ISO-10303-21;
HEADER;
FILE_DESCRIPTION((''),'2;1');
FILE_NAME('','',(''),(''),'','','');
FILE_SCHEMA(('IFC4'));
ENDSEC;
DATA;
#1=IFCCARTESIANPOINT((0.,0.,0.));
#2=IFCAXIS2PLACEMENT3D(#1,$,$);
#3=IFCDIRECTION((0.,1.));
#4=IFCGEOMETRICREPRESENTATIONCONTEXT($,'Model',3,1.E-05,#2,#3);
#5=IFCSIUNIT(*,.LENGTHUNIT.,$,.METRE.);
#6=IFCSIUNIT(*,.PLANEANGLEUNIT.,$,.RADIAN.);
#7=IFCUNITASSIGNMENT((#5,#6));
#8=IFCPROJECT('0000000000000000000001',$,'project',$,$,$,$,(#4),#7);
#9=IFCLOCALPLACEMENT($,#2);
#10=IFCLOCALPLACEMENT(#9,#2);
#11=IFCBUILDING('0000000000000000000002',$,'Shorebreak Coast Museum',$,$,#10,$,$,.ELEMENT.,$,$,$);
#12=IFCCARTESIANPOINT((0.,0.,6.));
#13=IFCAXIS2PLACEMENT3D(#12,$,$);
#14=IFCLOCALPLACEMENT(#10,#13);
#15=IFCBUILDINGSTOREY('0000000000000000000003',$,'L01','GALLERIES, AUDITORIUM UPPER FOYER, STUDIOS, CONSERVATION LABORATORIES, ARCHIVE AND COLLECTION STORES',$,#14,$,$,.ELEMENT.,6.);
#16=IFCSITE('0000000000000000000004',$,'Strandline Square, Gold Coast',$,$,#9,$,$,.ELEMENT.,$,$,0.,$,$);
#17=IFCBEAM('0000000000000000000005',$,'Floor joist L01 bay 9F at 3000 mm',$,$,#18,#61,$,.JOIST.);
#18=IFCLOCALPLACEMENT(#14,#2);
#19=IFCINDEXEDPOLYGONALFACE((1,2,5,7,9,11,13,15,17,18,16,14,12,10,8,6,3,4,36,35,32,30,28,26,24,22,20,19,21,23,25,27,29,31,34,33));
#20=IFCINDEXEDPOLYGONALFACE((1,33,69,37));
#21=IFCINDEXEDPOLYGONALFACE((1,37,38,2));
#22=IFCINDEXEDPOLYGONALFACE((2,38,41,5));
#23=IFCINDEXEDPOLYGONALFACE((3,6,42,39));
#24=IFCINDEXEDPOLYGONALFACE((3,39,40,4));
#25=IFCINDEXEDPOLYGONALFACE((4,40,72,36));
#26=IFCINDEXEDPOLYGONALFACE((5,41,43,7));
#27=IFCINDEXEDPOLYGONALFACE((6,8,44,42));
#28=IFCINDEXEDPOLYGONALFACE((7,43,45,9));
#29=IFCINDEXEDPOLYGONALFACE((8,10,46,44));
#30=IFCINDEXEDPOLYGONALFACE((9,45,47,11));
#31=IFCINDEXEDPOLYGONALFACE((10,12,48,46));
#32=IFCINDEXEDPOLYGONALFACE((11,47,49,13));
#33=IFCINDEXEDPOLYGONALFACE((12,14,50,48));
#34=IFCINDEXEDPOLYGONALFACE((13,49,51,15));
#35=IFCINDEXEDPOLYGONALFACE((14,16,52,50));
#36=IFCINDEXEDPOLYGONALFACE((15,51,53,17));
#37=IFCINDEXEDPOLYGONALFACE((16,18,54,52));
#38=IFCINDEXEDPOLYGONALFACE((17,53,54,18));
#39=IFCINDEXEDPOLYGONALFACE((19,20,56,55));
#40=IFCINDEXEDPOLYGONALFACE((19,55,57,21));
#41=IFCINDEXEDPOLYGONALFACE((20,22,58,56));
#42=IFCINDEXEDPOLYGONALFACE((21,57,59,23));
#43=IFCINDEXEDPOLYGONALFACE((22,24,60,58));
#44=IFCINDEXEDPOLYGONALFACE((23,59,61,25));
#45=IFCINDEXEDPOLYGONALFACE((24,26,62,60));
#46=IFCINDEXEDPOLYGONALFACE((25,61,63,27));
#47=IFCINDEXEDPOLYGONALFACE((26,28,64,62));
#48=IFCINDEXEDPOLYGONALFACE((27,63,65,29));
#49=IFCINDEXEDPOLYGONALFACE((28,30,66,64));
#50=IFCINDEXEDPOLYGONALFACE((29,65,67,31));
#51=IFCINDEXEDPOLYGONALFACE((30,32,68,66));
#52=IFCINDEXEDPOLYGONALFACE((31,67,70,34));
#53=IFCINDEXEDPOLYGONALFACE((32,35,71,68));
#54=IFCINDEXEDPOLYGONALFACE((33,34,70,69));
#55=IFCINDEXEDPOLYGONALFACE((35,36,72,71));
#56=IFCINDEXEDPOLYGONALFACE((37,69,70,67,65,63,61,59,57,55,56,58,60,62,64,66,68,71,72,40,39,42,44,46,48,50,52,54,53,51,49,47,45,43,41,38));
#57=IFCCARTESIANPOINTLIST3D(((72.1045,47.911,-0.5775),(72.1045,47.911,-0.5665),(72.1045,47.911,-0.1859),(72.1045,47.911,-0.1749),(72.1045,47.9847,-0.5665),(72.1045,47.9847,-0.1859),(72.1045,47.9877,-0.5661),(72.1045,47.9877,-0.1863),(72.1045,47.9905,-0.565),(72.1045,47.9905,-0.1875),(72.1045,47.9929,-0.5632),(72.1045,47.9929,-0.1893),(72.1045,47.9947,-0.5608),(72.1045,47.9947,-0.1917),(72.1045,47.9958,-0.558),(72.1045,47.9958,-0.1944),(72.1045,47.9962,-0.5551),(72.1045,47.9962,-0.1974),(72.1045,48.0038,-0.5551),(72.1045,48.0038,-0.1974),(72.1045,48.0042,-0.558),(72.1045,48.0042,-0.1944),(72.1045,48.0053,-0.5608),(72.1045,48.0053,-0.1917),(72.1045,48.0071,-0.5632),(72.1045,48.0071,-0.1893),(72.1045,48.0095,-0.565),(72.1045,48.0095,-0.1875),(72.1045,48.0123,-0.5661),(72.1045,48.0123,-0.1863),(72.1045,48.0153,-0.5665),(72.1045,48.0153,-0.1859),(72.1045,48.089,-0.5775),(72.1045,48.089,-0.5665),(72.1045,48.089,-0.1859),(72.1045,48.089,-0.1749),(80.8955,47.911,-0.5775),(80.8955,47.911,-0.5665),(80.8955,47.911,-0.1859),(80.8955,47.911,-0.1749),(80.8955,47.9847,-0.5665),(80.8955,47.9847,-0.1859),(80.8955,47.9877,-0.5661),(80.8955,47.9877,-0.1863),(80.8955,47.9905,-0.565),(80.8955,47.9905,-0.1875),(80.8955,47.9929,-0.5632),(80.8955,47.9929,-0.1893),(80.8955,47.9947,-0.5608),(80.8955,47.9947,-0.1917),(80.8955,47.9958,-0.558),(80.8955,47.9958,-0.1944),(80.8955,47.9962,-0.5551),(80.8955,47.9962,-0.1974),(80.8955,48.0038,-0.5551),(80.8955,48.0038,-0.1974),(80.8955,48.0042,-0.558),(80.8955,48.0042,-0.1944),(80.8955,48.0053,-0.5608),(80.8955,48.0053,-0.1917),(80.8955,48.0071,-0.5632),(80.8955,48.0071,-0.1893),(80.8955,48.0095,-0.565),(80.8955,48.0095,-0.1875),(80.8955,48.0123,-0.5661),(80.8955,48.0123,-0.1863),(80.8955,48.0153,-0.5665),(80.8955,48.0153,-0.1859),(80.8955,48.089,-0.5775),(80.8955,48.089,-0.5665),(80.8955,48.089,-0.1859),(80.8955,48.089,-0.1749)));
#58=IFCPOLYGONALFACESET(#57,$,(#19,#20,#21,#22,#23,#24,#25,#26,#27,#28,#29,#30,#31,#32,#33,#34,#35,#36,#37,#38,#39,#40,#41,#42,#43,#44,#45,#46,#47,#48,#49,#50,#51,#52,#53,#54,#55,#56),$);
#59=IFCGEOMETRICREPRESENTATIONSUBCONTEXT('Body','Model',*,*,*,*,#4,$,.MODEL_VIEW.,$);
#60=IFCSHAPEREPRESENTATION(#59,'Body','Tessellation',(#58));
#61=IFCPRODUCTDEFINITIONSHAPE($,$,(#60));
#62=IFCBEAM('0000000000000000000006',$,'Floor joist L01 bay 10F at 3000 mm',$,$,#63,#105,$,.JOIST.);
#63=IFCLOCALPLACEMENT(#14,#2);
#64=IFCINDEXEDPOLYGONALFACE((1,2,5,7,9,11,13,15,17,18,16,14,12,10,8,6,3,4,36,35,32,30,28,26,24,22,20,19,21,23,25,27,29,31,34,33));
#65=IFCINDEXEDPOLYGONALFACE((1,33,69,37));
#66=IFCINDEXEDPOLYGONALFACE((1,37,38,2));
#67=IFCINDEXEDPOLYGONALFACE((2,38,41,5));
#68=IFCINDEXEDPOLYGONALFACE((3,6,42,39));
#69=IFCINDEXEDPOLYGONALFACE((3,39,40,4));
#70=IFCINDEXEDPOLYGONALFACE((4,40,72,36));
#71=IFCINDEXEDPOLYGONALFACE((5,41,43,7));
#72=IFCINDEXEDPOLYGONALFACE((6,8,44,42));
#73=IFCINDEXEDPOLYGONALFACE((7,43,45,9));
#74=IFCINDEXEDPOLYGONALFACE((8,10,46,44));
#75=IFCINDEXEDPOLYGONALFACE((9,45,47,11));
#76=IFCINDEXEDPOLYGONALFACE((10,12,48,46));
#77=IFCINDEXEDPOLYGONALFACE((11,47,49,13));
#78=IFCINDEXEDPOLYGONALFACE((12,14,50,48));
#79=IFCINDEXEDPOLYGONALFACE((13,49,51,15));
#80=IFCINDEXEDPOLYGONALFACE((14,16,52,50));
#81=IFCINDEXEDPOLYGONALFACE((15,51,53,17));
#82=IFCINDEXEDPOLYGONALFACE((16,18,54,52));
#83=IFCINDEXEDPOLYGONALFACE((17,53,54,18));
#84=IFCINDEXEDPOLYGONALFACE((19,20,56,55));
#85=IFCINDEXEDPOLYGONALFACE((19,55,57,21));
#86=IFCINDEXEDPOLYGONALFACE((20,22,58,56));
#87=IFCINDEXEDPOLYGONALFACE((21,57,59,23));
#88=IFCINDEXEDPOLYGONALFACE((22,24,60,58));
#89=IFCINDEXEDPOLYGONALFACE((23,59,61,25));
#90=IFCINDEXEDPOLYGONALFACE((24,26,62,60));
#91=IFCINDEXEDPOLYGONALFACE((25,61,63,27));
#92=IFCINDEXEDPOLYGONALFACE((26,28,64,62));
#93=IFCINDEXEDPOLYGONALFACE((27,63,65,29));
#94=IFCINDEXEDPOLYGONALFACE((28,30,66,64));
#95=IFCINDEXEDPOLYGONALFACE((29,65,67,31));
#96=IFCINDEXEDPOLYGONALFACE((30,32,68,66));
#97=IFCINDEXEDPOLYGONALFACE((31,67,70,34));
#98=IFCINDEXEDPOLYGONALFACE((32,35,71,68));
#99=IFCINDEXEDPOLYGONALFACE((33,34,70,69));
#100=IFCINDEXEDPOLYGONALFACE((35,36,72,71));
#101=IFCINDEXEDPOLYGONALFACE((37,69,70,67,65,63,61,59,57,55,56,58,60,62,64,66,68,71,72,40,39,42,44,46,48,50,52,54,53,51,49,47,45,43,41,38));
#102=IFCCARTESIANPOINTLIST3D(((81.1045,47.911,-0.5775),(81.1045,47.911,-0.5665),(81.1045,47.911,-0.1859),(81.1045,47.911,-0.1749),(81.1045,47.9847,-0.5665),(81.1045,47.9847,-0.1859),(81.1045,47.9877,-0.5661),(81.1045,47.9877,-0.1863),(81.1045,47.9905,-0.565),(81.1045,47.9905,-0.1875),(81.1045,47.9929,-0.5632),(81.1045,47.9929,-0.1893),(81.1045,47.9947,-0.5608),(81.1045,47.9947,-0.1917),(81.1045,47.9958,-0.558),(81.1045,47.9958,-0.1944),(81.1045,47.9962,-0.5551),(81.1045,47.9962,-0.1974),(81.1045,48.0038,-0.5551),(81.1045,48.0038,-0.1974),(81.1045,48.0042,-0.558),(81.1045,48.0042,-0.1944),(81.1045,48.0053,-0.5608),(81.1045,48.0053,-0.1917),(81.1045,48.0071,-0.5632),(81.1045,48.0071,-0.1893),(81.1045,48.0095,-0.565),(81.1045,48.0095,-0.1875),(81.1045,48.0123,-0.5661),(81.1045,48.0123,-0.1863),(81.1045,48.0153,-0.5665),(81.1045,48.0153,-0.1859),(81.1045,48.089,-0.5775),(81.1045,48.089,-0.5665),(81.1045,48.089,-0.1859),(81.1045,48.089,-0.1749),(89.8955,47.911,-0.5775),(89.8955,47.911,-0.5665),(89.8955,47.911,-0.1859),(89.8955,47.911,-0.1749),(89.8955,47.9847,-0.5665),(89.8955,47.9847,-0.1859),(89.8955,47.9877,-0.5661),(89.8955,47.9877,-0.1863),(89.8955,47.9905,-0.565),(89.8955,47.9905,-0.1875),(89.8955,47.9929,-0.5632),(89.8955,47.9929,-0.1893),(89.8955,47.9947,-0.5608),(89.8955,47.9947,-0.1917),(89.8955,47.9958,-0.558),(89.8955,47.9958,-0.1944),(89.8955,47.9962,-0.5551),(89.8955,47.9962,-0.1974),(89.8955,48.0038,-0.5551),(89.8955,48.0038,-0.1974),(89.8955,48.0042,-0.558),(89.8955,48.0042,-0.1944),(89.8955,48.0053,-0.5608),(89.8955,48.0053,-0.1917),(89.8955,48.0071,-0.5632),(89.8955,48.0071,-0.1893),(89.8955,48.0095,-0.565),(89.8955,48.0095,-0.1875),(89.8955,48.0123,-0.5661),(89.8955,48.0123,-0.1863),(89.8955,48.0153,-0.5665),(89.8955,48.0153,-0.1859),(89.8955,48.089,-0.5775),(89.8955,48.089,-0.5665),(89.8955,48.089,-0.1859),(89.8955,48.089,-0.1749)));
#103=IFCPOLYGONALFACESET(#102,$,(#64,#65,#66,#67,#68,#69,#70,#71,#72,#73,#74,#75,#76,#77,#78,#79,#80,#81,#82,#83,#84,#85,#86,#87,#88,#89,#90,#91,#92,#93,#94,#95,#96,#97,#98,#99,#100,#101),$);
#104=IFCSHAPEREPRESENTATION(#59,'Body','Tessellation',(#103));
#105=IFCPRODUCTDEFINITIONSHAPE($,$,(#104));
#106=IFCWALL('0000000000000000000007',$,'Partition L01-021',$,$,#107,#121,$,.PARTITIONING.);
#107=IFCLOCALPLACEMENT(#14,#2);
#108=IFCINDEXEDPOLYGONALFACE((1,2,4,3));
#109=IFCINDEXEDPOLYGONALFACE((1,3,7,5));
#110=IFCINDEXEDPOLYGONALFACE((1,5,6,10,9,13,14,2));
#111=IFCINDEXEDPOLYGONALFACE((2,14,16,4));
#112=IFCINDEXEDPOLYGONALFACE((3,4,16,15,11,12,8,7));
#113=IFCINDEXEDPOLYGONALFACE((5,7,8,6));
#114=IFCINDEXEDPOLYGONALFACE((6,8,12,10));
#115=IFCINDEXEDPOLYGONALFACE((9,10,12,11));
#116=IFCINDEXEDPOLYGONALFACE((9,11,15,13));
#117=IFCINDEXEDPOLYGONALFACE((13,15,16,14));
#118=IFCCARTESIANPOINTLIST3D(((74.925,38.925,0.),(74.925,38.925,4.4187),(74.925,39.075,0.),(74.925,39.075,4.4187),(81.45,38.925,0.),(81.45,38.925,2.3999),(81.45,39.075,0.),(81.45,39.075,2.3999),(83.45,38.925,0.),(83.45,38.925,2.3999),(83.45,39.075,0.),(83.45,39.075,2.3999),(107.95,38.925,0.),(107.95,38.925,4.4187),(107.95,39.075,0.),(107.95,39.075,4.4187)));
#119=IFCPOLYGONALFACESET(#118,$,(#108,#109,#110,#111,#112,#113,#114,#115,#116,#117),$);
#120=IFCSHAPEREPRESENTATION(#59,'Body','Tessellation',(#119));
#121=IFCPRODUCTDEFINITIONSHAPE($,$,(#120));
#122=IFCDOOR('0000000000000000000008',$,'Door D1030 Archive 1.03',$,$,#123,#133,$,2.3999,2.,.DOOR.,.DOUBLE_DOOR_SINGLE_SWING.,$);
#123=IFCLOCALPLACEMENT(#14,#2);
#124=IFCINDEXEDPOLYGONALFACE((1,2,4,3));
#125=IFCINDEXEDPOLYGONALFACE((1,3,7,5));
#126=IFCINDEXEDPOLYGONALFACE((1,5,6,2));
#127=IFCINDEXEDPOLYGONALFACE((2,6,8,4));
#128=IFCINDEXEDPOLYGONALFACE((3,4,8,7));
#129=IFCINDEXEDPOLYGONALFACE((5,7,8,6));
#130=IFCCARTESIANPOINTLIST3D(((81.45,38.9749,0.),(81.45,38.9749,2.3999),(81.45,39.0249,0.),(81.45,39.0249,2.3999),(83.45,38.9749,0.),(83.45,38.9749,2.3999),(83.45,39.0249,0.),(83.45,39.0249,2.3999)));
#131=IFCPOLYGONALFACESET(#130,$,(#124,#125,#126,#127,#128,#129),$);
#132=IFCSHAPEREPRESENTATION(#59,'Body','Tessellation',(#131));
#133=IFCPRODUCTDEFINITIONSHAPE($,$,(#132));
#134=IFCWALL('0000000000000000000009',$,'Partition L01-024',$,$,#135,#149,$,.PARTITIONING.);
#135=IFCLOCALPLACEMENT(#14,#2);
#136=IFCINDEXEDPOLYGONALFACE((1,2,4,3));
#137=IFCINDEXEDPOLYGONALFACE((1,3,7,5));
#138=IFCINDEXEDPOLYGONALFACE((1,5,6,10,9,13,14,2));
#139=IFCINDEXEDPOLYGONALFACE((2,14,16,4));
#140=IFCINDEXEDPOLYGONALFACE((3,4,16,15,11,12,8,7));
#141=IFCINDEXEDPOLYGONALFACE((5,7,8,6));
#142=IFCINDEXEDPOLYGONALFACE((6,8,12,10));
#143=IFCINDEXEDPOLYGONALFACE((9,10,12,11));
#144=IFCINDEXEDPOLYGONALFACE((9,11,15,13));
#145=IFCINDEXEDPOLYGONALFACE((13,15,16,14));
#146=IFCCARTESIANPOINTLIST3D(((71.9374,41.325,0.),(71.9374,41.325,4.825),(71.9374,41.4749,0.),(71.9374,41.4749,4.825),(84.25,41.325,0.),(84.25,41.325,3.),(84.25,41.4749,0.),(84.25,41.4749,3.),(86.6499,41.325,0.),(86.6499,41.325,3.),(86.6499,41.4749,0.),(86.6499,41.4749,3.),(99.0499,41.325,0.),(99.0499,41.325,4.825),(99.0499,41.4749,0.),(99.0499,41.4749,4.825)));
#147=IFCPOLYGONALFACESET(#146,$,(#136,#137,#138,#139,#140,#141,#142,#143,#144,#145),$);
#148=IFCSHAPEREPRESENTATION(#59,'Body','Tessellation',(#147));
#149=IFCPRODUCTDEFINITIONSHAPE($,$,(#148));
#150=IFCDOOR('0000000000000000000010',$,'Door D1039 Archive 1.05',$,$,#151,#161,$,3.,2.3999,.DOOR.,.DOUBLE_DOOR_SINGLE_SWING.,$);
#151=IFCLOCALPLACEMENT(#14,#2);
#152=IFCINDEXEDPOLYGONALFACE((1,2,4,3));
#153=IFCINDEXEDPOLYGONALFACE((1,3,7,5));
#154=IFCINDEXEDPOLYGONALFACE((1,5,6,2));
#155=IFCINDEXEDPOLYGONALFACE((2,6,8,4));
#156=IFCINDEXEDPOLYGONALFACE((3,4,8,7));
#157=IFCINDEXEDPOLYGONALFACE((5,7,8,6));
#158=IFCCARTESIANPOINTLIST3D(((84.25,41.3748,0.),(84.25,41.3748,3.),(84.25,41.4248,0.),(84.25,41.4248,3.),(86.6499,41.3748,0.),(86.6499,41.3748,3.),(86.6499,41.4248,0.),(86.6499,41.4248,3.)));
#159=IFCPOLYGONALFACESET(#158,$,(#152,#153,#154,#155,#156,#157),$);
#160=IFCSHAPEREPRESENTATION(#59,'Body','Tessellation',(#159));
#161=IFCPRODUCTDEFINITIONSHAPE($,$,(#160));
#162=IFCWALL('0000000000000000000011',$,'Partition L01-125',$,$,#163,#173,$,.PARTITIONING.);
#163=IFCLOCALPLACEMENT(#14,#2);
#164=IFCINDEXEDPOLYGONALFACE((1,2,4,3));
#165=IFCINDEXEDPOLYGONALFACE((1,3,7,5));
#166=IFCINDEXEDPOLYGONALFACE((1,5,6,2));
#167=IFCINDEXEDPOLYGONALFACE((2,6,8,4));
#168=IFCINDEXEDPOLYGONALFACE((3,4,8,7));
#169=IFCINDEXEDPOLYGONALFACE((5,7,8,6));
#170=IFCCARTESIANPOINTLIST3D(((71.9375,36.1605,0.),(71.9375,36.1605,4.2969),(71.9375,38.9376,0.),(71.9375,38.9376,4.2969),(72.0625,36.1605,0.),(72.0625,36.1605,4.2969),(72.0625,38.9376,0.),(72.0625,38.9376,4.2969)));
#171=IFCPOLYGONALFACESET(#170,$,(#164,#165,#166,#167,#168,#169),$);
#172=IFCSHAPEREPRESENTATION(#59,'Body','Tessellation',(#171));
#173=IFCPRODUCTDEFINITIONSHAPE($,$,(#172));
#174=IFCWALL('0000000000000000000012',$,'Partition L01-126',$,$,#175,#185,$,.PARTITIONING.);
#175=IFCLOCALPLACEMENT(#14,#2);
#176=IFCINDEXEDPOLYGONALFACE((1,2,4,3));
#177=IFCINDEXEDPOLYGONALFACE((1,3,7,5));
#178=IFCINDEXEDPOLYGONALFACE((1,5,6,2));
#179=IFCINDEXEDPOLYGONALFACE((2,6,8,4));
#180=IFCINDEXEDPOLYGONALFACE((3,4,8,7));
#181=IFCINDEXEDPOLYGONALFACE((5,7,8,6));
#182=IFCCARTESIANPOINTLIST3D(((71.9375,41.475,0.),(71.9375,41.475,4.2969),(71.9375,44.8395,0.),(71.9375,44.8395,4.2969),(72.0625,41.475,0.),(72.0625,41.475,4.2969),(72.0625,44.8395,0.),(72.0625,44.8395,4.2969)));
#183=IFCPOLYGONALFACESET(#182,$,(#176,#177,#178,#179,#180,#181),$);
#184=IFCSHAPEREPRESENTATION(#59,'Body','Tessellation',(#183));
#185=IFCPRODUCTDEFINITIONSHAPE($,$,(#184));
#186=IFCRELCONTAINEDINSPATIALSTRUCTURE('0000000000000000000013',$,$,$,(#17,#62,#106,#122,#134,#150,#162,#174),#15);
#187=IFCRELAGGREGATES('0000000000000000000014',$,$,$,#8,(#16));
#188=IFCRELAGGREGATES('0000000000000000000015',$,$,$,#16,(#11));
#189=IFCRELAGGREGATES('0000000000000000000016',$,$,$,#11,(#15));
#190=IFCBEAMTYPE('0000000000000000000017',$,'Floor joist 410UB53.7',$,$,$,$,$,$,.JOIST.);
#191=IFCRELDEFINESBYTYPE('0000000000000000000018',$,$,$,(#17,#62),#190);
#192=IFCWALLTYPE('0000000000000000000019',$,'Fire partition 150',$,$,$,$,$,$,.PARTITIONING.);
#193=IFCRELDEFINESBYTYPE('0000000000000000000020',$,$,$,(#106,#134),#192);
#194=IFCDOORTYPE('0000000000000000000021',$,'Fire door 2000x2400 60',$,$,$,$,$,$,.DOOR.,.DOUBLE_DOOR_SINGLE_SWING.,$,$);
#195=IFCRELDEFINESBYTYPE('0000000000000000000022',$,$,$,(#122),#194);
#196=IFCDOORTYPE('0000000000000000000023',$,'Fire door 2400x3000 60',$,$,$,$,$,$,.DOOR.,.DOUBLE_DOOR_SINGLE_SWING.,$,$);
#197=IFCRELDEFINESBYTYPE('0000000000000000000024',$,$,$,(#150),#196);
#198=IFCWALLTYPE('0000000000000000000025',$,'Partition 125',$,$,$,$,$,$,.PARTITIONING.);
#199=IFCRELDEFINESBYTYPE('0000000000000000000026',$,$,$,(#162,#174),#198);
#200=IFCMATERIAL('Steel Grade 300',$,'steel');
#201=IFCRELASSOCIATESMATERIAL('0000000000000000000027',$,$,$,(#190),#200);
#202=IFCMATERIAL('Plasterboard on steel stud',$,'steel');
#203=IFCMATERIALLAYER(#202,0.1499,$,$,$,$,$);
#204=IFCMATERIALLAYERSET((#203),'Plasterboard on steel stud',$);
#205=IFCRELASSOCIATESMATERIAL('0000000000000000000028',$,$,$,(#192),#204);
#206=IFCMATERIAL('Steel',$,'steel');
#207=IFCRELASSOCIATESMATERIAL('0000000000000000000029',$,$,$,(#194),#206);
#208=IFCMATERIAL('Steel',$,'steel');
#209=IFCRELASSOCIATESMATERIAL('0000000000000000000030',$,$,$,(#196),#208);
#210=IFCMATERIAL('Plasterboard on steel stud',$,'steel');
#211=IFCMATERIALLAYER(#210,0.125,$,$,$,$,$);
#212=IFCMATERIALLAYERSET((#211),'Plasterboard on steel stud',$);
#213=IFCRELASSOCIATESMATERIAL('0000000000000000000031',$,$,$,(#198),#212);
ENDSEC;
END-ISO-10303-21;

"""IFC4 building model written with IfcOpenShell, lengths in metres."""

from ifc_helpers import new_model, si_unit, direction, frame, frame_2d, origin, origin_2d, place, context, subcontext, project, spatial, rectangle, i_section, extrude, material, layer, layer_set, material_profile, profile_set, type_object, element, fill, save


model = new_model("IFC4")

# Units and contexts
model_context = context("Model", 3, precision=1e-05, world=origin(), true_north=direction((0.0, 1.0)))
body_context = subcontext(model_context, "Body", "Model", "MODEL_VIEW")
ifc_project = project(units=[si_unit("LENGTHUNIT", "METRE"), si_unit("PLANEANGLEUNIT", "RADIAN")], contexts=[model_context])

# Site, building, storey
site_placement = place(None, origin())
site = spatial("IfcSite", under=ifc_project, at=site_placement, Name="Strandline Square, Gold Coast", CompositionType="ELEMENT", RefElevation=0.0)
building_placement = place(site_placement, origin())
building = spatial("IfcBuilding", under=site, at=building_placement, Name="Shorebreak Coast Museum", CompositionType="ELEMENT")
storey_placement = place(building_placement, frame((0.0, 0.0, 6.0)))
storey = spatial("IfcBuildingStorey", under=building, at=storey_placement, Name="L01", Description="GALLERIES, AUDITORIUM UPPER FOYER, STUDIOS, CONSERVATION LABORATORIES, ARCHIVE AND COLLECTION STORES", CompositionType="ELEMENT", Elevation=6.0)

# Beams
ifc_material_1 = material(Name="Steel Grade 300", Category="steel")
ifc_material_profile_1 = material_profile(ifc_material_1, i_section(OverallWidth=0.178, OverallDepth=0.4026, WebThickness=0.0076, FlangeThickness=0.011, FilletRadius=0.0115, at=origin_2d()), Name="410UB53.7")
ifc_profile_set_1 = profile_set([ifc_material_profile_1], Name="Steel Grade 300")
beam_type_1 = type_object("IfcBeamType", Name="Floor joist 410UB53.7", PredefinedType="JOIST", material=ifc_profile_set_1)
for number, where, z_axis, x_axis, name in (
    (1, (72.1045, 48.0, -0.3762), (1.0, 0.0, 0.0), (0.0, 1.0, 0.0), "Floor joist L01 bay 9F at 3000 mm"),
    (2, (81.1045, 48.0, -0.3762), (1.0, 0.0, 0.0), (0.0, 1.0, 0.0), "Floor joist L01 bay 10F at 3000 mm"),
):
    element("IfcBeam", number, at=place(storey_placement, frame(where, z_axis=z_axis, x_axis=x_axis)), inside=storey, type_object=beam_type_1, Name=name, PredefinedType="JOIST", context=body_context, shape_type="SweptSolid", body=[
        extrude(i_section(OverallWidth=0.178, OverallDepth=0.4026, WebThickness=0.0076, FlangeThickness=0.011, FilletRadius=0.0115, at=origin_2d()), origin(), (0.0, 0.0, 1.0), 8.791),
    ])

# Walls, openings, doors
ifc_material_2 = material(Name="Plasterboard on steel stud", Category="steel")
ifc_layer_1 = layer(ifc_material_2, 0.1499)
ifc_layer_set_1 = layer_set([ifc_layer_1], Name="Plasterboard on steel stud")
wall_type_1 = type_object("IfcWallType", Name="Fire partition 150", PredefinedType="PARTITIONING", material=ifc_layer_set_1)
wall_1_placement = place(storey_placement, frame((74.925, 39.0, 0.0), z_axis=(0.0, 0.0, 1.0), x_axis=(1.0, 0.0, 0.0)))
wall_1 = element("IfcWall", 3, at=wall_1_placement, inside=storey, type_object=wall_type_1, Name="Partition L01-021", PredefinedType="PARTITIONING", context=body_context, shape_type="SweptSolid", body=[
    extrude(rectangle(XDim=33.0249, YDim=0.1499, at=frame_2d((16.5125, 0.0))), origin(), (0.0, 0.0, 1.0), 4.4187),
])
opening_1_placement = place(wall_1_placement, frame((6.5249, 0.0, 0.0)))
opening_1 = element("IfcOpeningElement", 4, at=opening_1_placement, cuts=wall_1, PredefinedType="OPENING", context=body_context, shape_type="SweptSolid", body=[
    extrude(rectangle(XDim=2.0, YDim=2.3999, at=frame_2d((1.0, 1.2))), frame((0.0, 0.085, 0.0), z_axis=(0.0, -1.0, 0.0), x_axis=(1.0, 0.0, 0.0)), (0.0, 0.0, 1.0), 0.1699),
])
ifc_material_3 = material(Name="Steel", Category="steel")
door_type_1 = type_object("IfcDoorType", Name="Fire door 2000x2400 60", OperationType="DOUBLE_DOOR_SINGLE_SWING", PredefinedType="DOOR", material=ifc_material_3)
door_1_placement = place(opening_1_placement, origin())
door_1 = element("IfcDoor", 5, at=door_1_placement, inside=storey, type_object=door_type_1, Name="Door D1030 Archive 1.03", OperationType="DOUBLE_DOOR_SINGLE_SWING", OverallHeight=2.3999, OverallWidth=2.0, PredefinedType="DOOR", context=body_context, shape_type="SweptSolid", body=[
    extrude(rectangle(XDim=2.0, YDim=2.3999, at=frame_2d((1.0, 1.2))), frame((0.0, 0.0249, 0.0), z_axis=(0.0, -1.0, 0.0), x_axis=(1.0, 0.0, 0.0)), (0.0, 0.0, 1.0), 0.05),
])
fill(opening_1, door_1)
wall_2_placement = place(storey_placement, frame((71.9375, 41.3999, 0.0), z_axis=(0.0, 0.0, 1.0), x_axis=(1.0, 0.0, 0.0)))
wall_2 = element("IfcWall", 6, at=wall_2_placement, inside=storey, type_object=wall_type_1, Name="Partition L01-024", PredefinedType="PARTITIONING", context=body_context, shape_type="SweptSolid", body=[
    extrude(rectangle(XDim=27.1125, YDim=0.1499, at=frame_2d((13.5562, 0.0))), origin(), (0.0, 0.0, 1.0), 4.825),
])
opening_2_placement = place(wall_2_placement, frame((12.3125, 0.0, 0.0)))
opening_2 = element("IfcOpeningElement", 7, at=opening_2_placement, cuts=wall_2, PredefinedType="OPENING", context=body_context, shape_type="SweptSolid", body=[
    extrude(rectangle(XDim=2.3999, YDim=3.0, at=frame_2d((1.2, 1.5))), frame((0.0, 0.085, 0.0), z_axis=(0.0, -1.0, 0.0), x_axis=(1.0, 0.0, 0.0)), (0.0, 0.0, 1.0), 0.1699),
])
ifc_material_4 = material(Name="Steel", Category="steel")
door_type_2 = type_object("IfcDoorType", Name="Fire door 2400x3000 60", OperationType="DOUBLE_DOOR_SINGLE_SWING", PredefinedType="DOOR", material=ifc_material_4)
door_2_placement = place(opening_2_placement, origin())
door_2 = element("IfcDoor", 8, at=door_2_placement, inside=storey, type_object=door_type_2, Name="Door D1039 Archive 1.05", OperationType="DOUBLE_DOOR_SINGLE_SWING", OverallHeight=3.0, OverallWidth=2.3999, PredefinedType="DOOR", context=body_context, shape_type="SweptSolid", body=[
    extrude(rectangle(XDim=2.3999, YDim=3.0, at=frame_2d((1.2, 1.5))), frame((0.0, 0.0249, 0.0), z_axis=(0.0, -1.0, 0.0), x_axis=(1.0, 0.0, 0.0)), (0.0, 0.0, 1.0), 0.05),
])
fill(opening_2, door_2)

# Walls
ifc_material_5 = material(Name="Plasterboard on steel stud", Category="steel")
ifc_layer_2 = layer(ifc_material_5, 0.125)
ifc_layer_set_2 = layer_set([ifc_layer_2], Name="Plasterboard on steel stud")
wall_type_2 = type_object("IfcWallType", Name="Partition 125", PredefinedType="PARTITIONING", material=ifc_layer_set_2)
wall_3_placement = place(storey_placement, frame((72.0, 36.1604, 0.0), z_axis=(0.0, 0.0, 1.0), x_axis=(0.0, 1.0, 0.0)))
element("IfcWall", 9, at=wall_3_placement, inside=storey, type_object=wall_type_2, Name="Partition L01-125", PredefinedType="PARTITIONING", context=body_context, shape_type="SweptSolid", body=[
    extrude(rectangle(XDim=2.7771, YDim=0.125, at=frame_2d((1.3887, 0.0))), origin(), (0.0, 0.0, 1.0), 4.2969),
])
wall_4_placement = place(storey_placement, frame((72.0, 41.4751, 0.0), z_axis=(0.0, 0.0, 1.0), x_axis=(0.0, 1.0, 0.0)))
element("IfcWall", 10, at=wall_4_placement, inside=storey, type_object=wall_type_2, Name="Partition L01-126", PredefinedType="PARTITIONING", context=body_context, shape_type="SweptSolid", body=[
    extrude(rectangle(XDim=3.3645, YDim=0.125, at=frame_2d((1.6821, 0.0))), origin(), (0.0, 0.0, 1.0), 4.2969),
])

save(model, "model.ifc")
